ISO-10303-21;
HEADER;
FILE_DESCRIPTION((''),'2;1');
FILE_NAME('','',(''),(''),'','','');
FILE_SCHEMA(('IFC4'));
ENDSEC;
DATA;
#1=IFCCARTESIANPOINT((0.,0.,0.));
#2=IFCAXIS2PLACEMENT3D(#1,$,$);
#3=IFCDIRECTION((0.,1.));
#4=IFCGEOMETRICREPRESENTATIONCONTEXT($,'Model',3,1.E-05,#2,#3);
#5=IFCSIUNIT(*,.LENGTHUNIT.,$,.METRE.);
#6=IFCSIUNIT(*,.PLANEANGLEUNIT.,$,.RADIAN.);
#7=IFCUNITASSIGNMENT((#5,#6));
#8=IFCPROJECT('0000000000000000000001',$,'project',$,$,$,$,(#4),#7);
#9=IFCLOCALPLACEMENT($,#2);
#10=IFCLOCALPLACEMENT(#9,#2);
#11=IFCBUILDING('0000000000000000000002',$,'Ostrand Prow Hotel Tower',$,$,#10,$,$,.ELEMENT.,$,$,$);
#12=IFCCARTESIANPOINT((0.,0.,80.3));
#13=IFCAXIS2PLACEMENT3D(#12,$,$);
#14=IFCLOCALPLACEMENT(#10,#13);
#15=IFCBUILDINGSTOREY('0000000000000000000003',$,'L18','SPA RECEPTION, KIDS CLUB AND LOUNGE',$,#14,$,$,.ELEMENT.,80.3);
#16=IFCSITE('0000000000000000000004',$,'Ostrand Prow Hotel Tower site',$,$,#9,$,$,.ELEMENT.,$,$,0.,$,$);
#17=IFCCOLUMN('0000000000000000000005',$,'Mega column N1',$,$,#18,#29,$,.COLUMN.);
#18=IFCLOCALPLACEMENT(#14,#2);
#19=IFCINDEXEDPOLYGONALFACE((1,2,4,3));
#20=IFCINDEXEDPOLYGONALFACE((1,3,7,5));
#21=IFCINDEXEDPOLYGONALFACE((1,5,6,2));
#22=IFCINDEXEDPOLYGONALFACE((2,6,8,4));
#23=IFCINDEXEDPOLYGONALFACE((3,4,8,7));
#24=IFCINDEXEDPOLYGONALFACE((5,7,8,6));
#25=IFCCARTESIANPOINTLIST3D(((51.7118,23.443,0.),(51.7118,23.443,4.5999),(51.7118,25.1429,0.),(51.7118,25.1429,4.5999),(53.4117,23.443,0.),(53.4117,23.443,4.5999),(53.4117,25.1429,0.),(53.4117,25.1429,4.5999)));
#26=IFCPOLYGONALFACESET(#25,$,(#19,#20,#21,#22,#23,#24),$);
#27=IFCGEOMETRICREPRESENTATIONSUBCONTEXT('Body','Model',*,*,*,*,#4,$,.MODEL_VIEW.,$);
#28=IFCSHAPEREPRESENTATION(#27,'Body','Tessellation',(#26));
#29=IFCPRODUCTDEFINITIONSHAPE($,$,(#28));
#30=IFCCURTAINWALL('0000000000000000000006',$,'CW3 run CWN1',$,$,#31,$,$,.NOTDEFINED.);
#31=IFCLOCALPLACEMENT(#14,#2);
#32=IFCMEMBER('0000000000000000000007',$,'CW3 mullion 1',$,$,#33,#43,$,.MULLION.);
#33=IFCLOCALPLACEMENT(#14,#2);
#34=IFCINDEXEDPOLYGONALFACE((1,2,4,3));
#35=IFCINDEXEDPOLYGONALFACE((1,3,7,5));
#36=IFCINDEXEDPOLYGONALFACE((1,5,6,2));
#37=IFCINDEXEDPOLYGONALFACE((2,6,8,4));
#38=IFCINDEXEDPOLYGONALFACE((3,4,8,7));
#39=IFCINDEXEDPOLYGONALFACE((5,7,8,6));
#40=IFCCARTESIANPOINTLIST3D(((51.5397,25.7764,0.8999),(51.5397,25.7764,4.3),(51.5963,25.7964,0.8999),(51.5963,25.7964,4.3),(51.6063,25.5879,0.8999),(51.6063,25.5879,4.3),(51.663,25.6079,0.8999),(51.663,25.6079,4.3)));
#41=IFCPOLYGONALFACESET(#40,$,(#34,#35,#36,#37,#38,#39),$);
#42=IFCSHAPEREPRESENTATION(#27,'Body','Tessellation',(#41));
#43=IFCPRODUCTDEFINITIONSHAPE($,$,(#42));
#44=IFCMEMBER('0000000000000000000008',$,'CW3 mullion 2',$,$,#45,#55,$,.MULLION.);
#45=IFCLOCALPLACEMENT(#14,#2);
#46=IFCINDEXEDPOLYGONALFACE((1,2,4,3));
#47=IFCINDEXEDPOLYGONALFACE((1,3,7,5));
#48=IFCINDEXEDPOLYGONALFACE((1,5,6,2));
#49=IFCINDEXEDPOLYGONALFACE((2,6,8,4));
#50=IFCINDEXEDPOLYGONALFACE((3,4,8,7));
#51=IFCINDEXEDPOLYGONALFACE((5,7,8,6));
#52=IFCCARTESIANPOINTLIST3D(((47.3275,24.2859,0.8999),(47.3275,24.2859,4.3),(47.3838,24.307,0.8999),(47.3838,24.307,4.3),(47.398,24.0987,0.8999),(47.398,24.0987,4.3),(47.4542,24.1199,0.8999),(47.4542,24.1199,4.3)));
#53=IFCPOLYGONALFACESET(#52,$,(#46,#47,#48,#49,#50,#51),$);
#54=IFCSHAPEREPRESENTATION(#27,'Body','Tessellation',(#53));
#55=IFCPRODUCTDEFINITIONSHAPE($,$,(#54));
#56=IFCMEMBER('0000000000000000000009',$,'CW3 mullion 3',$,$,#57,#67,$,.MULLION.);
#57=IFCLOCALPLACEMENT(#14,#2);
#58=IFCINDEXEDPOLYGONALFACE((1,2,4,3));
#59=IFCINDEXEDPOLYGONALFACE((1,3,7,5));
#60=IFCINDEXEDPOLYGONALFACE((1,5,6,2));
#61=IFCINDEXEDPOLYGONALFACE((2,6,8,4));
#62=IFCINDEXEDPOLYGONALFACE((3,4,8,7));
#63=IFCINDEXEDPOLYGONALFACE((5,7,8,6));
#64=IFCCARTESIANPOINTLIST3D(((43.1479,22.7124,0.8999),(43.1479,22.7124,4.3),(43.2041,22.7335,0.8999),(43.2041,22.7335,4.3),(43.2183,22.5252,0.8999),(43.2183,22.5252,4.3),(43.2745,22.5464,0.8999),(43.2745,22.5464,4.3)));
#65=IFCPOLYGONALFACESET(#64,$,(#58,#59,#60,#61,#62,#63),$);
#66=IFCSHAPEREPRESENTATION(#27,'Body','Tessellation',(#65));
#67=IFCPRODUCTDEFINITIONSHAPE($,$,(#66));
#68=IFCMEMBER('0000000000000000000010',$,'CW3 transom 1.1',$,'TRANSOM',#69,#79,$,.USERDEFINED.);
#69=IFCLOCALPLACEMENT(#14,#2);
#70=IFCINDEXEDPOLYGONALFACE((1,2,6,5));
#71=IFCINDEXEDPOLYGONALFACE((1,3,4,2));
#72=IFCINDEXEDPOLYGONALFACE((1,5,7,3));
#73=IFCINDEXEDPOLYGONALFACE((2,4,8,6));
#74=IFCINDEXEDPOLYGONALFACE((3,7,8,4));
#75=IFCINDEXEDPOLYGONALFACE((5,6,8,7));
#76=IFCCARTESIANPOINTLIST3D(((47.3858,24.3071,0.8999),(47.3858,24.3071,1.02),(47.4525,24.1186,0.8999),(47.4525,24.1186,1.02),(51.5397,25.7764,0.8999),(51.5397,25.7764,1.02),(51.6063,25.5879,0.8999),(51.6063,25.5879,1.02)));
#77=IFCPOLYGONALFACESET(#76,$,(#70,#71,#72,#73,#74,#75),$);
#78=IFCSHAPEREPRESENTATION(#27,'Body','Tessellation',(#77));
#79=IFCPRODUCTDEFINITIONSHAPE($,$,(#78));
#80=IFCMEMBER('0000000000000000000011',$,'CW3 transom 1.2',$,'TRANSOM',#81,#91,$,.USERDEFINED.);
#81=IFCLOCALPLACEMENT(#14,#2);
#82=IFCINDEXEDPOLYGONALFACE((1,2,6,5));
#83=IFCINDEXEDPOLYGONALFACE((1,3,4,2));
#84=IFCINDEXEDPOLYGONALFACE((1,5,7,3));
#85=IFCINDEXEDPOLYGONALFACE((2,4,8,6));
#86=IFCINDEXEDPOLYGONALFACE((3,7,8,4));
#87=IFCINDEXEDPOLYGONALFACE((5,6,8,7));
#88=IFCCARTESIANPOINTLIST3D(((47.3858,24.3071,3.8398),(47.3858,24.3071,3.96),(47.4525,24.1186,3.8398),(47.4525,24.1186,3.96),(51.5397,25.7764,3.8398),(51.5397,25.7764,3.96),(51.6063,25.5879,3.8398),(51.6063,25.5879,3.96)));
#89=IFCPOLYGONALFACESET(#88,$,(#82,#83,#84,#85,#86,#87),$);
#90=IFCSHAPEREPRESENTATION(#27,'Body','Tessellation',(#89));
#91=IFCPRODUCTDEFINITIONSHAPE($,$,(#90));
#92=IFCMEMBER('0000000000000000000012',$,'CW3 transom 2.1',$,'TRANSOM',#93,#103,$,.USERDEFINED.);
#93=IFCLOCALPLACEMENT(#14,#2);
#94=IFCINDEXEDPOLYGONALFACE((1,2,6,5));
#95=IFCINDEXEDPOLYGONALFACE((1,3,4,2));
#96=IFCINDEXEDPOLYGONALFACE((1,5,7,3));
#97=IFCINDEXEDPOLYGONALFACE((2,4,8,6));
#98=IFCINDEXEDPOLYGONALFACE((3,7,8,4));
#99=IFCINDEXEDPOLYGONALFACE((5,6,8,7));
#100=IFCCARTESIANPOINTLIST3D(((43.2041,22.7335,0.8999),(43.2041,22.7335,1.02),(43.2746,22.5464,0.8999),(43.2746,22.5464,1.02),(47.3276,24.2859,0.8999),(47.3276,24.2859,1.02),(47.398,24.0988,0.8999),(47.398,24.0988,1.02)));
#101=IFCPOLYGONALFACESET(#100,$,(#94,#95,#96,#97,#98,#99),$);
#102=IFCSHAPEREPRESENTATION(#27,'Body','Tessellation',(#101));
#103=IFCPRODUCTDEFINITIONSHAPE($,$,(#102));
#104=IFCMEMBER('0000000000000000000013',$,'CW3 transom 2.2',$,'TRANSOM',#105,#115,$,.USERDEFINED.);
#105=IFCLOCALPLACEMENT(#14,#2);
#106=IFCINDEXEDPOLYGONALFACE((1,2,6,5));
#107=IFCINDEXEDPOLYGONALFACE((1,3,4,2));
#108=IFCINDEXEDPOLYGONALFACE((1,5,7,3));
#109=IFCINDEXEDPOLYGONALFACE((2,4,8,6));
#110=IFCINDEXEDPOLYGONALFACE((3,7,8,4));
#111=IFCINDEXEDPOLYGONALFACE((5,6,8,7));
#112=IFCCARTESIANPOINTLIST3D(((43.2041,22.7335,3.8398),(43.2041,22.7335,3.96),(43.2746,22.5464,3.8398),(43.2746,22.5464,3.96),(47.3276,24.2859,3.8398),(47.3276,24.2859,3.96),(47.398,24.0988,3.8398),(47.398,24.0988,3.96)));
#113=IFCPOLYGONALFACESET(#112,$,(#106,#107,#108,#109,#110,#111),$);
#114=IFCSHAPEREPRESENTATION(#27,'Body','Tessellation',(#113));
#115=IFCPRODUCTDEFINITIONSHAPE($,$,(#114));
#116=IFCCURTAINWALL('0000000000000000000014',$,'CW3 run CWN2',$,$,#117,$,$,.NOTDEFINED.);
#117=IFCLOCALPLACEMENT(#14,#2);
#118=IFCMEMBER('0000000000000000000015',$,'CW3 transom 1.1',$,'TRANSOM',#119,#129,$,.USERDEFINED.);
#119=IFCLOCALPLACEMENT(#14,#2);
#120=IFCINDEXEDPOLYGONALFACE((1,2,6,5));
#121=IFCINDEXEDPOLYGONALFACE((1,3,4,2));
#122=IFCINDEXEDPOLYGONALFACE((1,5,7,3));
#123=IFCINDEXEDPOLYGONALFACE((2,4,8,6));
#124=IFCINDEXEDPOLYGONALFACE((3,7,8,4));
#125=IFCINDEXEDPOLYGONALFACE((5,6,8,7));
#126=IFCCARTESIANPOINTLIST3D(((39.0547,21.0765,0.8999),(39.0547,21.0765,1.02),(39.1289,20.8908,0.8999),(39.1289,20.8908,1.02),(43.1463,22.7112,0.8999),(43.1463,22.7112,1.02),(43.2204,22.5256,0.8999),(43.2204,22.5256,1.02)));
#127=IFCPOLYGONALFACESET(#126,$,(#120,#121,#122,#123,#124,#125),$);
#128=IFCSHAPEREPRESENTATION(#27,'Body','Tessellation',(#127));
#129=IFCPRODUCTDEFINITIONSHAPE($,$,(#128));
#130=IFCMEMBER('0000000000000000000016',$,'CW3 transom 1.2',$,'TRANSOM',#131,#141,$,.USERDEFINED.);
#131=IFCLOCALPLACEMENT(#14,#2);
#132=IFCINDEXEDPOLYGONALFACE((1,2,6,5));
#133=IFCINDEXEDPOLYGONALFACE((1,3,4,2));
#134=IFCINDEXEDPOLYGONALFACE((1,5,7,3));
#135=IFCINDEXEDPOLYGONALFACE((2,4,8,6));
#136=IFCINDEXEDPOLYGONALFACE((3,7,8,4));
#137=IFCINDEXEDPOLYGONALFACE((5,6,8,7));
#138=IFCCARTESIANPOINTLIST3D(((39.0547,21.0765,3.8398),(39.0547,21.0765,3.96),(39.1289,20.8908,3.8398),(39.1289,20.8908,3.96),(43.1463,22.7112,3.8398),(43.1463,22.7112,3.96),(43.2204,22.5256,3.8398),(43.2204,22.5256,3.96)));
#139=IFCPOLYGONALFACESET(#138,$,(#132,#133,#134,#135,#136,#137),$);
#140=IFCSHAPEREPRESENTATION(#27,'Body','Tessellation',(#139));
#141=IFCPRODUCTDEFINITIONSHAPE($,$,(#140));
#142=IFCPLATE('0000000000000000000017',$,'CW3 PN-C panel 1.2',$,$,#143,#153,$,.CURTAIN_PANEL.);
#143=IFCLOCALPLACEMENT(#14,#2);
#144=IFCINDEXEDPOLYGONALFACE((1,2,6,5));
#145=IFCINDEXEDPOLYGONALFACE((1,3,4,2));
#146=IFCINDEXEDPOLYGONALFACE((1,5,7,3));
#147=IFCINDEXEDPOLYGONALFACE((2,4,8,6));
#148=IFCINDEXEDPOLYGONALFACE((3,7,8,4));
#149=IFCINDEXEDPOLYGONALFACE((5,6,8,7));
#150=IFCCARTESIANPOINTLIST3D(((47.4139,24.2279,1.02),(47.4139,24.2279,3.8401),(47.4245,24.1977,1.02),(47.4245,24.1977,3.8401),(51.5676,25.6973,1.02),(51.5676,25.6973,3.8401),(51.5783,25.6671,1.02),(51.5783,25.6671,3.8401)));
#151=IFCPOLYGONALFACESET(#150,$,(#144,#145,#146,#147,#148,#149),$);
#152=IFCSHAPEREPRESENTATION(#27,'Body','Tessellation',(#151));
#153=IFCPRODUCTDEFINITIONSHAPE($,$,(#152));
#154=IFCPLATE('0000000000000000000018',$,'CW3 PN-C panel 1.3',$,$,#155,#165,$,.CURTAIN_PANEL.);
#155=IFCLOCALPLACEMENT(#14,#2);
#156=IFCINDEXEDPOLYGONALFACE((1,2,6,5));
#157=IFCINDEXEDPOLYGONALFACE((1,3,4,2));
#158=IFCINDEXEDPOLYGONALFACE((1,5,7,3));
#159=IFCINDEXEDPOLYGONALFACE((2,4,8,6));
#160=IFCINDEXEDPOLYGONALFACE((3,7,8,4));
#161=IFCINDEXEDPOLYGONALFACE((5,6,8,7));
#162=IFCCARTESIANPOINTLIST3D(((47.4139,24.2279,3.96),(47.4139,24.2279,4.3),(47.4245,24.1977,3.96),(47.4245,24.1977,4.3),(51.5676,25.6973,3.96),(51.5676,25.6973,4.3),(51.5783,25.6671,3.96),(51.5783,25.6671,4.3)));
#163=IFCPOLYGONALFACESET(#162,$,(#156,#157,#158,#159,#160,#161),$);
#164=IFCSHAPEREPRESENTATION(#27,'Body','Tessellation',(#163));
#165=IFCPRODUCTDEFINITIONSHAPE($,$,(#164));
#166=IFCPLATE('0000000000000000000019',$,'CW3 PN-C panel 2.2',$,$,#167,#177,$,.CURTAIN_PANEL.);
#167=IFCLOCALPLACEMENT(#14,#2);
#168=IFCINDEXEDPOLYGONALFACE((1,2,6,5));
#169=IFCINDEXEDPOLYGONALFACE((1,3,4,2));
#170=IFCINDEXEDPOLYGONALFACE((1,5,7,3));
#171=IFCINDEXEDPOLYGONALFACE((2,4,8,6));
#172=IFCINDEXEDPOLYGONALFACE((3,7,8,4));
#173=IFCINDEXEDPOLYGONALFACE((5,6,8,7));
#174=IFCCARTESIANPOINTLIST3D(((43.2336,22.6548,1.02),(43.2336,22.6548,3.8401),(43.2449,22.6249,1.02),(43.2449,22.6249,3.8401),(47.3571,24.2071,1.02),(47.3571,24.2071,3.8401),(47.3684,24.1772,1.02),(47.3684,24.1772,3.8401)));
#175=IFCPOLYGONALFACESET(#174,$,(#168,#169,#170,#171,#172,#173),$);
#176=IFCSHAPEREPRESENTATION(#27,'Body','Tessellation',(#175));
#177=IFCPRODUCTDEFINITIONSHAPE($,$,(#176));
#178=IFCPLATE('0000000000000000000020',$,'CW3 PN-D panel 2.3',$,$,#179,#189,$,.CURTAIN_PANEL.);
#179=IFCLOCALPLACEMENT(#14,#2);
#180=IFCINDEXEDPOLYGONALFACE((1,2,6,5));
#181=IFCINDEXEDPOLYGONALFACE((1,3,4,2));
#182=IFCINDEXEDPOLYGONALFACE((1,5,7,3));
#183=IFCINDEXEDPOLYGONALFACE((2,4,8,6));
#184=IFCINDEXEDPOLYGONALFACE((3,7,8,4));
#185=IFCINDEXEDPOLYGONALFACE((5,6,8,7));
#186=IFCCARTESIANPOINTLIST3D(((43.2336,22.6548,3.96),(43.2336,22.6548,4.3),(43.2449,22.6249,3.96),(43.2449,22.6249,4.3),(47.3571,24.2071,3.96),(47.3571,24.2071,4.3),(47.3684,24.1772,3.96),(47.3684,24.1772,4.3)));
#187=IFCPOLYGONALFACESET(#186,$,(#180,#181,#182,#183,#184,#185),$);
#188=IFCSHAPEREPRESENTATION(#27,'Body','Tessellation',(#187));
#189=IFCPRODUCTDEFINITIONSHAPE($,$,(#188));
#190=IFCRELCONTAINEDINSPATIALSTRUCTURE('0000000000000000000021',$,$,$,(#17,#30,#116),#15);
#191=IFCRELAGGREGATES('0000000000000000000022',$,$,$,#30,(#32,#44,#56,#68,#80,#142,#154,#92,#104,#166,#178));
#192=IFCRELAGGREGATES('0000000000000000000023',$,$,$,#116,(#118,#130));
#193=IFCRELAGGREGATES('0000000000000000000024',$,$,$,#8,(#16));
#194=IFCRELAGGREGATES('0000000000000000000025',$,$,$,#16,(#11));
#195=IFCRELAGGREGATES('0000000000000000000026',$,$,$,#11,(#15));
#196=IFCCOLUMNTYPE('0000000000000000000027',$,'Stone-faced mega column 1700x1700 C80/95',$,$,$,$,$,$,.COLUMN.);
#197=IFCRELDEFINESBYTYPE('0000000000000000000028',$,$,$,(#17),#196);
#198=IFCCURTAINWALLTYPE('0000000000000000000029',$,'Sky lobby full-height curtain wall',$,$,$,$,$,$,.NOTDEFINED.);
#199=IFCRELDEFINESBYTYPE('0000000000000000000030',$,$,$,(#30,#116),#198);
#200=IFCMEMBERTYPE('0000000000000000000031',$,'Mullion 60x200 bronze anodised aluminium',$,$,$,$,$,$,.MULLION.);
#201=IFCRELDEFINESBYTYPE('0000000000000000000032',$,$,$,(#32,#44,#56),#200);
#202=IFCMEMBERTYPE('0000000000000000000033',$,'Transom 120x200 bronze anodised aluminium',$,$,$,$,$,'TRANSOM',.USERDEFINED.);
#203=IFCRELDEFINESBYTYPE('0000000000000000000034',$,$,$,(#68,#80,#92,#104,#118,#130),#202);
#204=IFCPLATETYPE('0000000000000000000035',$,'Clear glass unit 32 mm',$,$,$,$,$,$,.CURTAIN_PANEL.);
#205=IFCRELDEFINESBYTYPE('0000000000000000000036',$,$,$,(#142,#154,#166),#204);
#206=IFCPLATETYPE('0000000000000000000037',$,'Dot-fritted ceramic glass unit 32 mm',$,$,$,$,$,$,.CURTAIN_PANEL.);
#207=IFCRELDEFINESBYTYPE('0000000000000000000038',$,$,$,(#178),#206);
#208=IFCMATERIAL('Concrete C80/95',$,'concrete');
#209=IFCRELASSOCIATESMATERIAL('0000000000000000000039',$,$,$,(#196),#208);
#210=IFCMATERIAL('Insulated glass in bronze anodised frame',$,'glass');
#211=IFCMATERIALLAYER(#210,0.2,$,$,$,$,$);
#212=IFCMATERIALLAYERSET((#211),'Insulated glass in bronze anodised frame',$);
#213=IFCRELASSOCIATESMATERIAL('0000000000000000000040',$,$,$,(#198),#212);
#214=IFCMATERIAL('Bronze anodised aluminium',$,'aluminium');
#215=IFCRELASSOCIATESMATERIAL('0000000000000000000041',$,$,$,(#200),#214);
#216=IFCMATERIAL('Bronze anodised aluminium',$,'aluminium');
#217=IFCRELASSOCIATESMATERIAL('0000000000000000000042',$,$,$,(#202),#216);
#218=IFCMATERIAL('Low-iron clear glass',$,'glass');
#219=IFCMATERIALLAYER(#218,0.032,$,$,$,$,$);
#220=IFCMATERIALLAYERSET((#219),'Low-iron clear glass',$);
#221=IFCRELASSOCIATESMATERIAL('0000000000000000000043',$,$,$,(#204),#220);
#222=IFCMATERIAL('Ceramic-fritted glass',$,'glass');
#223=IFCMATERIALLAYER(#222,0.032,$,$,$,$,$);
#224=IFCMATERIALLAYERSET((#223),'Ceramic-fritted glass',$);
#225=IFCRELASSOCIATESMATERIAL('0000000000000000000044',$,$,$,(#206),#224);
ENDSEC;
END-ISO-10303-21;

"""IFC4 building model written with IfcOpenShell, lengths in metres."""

from ifc_helpers import new_model, si_unit, direction, frame, origin, origin_2d, place, context, subcontext, project, spatial, rectangle, extrude, material, layer, layer_set, material_profile, profile_set, type_object, element, aggregate, save


model = new_model("IFC4")

# Units and contexts
model_context = context("Model", 3, precision=1e-05, world=origin(), true_north=direction((0.0, 1.0)))
body_context = subcontext(model_context, "Body", "Model", "MODEL_VIEW")
ifc_project = project(units=[si_unit("LENGTHUNIT", "METRE"), si_unit("PLANEANGLEUNIT", "RADIAN")], contexts=[model_context])

# Site, building, storey
site_placement = place(None, origin())
site = spatial("IfcSite", under=ifc_project, at=site_placement, Name="Ostrand Prow Hotel Tower site", CompositionType="ELEMENT", RefElevation=0.0)
building_placement = place(site_placement, origin())
building = spatial("IfcBuilding", under=site, at=building_placement, Name="Ostrand Prow Hotel Tower", CompositionType="ELEMENT")
storey_placement = place(building_placement, frame((0.0, 0.0, 80.3)))
storey = spatial("IfcBuildingStorey", under=building, at=storey_placement, Name="L18", Description="SPA RECEPTION, KIDS CLUB AND LOUNGE", CompositionType="ELEMENT", Elevation=80.3)

# Column
ifc_material_1 = material(Name="Concrete C80/95", Category="concrete")
ifc_material_profile_1 = material_profile(ifc_material_1, rectangle(XDim=1.7, YDim=1.7, at=origin_2d()), Name="RC 1700x1700")
ifc_profile_set_1 = profile_set([ifc_material_profile_1], Name="Concrete C80/95")
column_type = type_object("IfcColumnType", Name="Stone-faced mega column 1700x1700 C80/95", PredefinedType="COLUMN", material=ifc_profile_set_1)
column_placement = place(storey_placement, frame((52.5618, 24.293, 0.0), z_axis=(0.0, 0.0, 1.0), x_axis=(1.0, 0.0, 0.0)))
element("IfcColumn", 1, at=column_placement, inside=storey, type_object=column_type, Name="Mega column N1", PredefinedType="COLUMN", context=body_context, shape_type="SweptSolid", body=[
    extrude(rectangle(XDim=1.7, YDim=1.7, at=origin_2d()), origin(), (0.0, 0.0, 1.0), 4.5999),
])

# Curtain walls, members
ifc_material_2 = material(Name="Insulated glass in bronze anodised frame", Category="glass")
ifc_layer_1 = layer(ifc_material_2, 0.2)
ifc_layer_set_1 = layer_set([ifc_layer_1], Name="Insulated glass in bronze anodised frame")
curtain_wall_type = type_object("IfcCurtainWallType", Name="Sky lobby full-height curtain wall", PredefinedType="NOTDEFINED", material=ifc_layer_set_1)
curtain_wall_1_placement = place(storey_placement, origin())
curtain_wall_1 = element("IfcCurtainWall", 2, at=curtain_wall_1_placement, inside=storey, type_object=curtain_wall_type, Name="CW3 run CWN1", PredefinedType="NOTDEFINED")
ifc_material_3 = material(Name="Bronze anodised aluminium", Category="aluminium")
ifc_material_profile_2 = material_profile(ifc_material_3, rectangle(XDim=0.2, YDim=0.0601, at=origin_2d()), Name="Mullion 60x200 bronze anodised aluminium")
ifc_profile_set_2 = profile_set([ifc_material_profile_2], Name="Bronze anodised aluminium")
member_type_1 = type_object("IfcMemberType", Name="Mullion 60x200 bronze anodised aluminium", PredefinedType="MULLION", material=ifc_profile_set_2)
member_1_placement = place(storey_placement, frame((51.6013, 25.6921, 0.8999), z_axis=(0.0, 0.0, 1.0), x_axis=(0.333496, -0.942752, 0.0)))
member_1 = element("IfcMember", 3, at=member_1_placement, type_object=member_type_1, Name="CW3 mullion 1", PredefinedType="MULLION", context=body_context, shape_type="SweptSolid", body=[
    extrude(rectangle(XDim=0.2, YDim=0.0601, at=origin_2d()), origin(), (0.0, 0.0, 1.0), 3.4001),
])
member_2_placement = place(storey_placement, frame((47.3909, 24.2029, 0.8999), z_axis=(0.0, 0.0, 1.0), x_axis=(0.352309, -0.935884, 0.0)))
member_2 = element("IfcMember", 4, at=member_2_placement, type_object=member_type_1, Name="CW3 mullion 2", PredefinedType="MULLION", context=body_context, shape_type="SweptSolid", body=[
    extrude(rectangle(XDim=0.2, YDim=0.0601, at=origin_2d()), origin(), (0.0, 0.0, 1.0), 3.4001),
])
member_3_placement = place(storey_placement, frame((43.2112, 22.6294, 0.8999), z_axis=(0.0, 0.0, 1.0), x_axis=(0.352309, -0.935884, 0.0)))
member_3 = element("IfcMember", 5, at=member_3_placement, type_object=member_type_1, Name="CW3 mullion 3", PredefinedType="MULLION", context=body_context, shape_type="SweptSolid", body=[
    extrude(rectangle(XDim=0.2, YDim=0.0601, at=origin_2d()), origin(), (0.0, 0.0, 1.0), 3.4001),
])
ifc_material_4 = material(Name="Bronze anodised aluminium", Category="aluminium")
ifc_material_profile_3 = material_profile(ifc_material_4, rectangle(XDim=0.2, YDim=0.1201, at=origin_2d()), Name="Transom 120x200 bronze anodised aluminium")
ifc_profile_set_3 = profile_set([ifc_material_profile_3], Name="Bronze anodised aluminium")
member_type_2 = type_object("IfcMemberType", Name="Transom 120x200 bronze anodised aluminium", ElementType="TRANSOM", PredefinedType="USERDEFINED", material=ifc_profile_set_3)
member_4_placement = place(storey_placement, frame((51.573, 25.6821, 0.96), z_axis=(-0.942763, -0.333463, 0.0), x_axis=(0.333463, -0.942763, 0.0)))
member_4 = element("IfcMember", 6, at=member_4_placement, type_object=member_type_2, Name="CW3 transom 1.1", ObjectType="TRANSOM", PredefinedType="USERDEFINED", context=body_context, shape_type="SweptSolid", body=[
    extrude(rectangle(XDim=0.2, YDim=0.1201, at=origin_2d()), origin(), (0.0, 0.0, 1.0), 4.406),
])
member_5_placement = place(storey_placement, frame((51.573, 25.6821, 3.8999), z_axis=(-0.942763, -0.333463, 0.0), x_axis=(0.333463, -0.942763, 0.0)))
member_5 = element("IfcMember", 7, at=member_5_placement, type_object=member_type_2, Name="CW3 transom 1.2", ObjectType="TRANSOM", PredefinedType="USERDEFINED", context=body_context, shape_type="SweptSolid", body=[
    extrude(rectangle(XDim=0.2, YDim=0.1201, at=origin_2d()), origin(), (0.0, 0.0, 1.0), 4.406),
])
member_6_placement = place(storey_placement, frame((47.3628, 24.1924, 0.96), z_axis=(-0.935868, -0.35235, 0.0), x_axis=(0.35235, -0.935868, 0.0)))
member_6 = element("IfcMember", 8, at=member_6_placement, type_object=member_type_2, Name="CW3 transom 2.1", ObjectType="TRANSOM", PredefinedType="USERDEFINED", context=body_context, shape_type="SweptSolid", body=[
    extrude(rectangle(XDim=0.2, YDim=0.1201, at=origin_2d()), origin(), (0.0, 0.0, 1.0), 4.406),
])
member_7_placement = place(storey_placement, frame((47.3628, 24.1924, 3.8999), z_axis=(-0.935868, -0.35235, 0.0), x_axis=(0.35235, -0.935868, 0.0)))
member_7 = element("IfcMember", 9, at=member_7_placement, type_object=member_type_2, Name="CW3 transom 2.2", ObjectType="TRANSOM", PredefinedType="USERDEFINED", context=body_context, shape_type="SweptSolid", body=[
    extrude(rectangle(XDim=0.2, YDim=0.1201, at=origin_2d()), origin(), (0.0, 0.0, 1.0), 4.406),
])
curtain_wall_2_placement = place(storey_placement, origin())
curtain_wall_2 = element("IfcCurtainWall", 10, at=curtain_wall_2_placement, inside=storey, type_object=curtain_wall_type, Name="CW3 run CWN2", PredefinedType="NOTDEFINED")
member_8_placement = place(storey_placement, frame((43.1833, 22.6184, 0.96), z_axis=(-0.928622, -0.371028, 0.0), x_axis=(0.371028, -0.928622, 0.0)))
member_8 = element("IfcMember", 11, at=member_8_placement, type_object=member_type_2, Name="CW3 transom 1.1", ObjectType="TRANSOM", PredefinedType="USERDEFINED", context=body_context, shape_type="SweptSolid", body=[
    extrude(rectangle(XDim=0.2, YDim=0.1201, at=origin_2d()), origin(), (0.0, 0.0, 1.0), 4.406),
])
member_9_placement = place(storey_placement, frame((43.1833, 22.6184, 3.8999), z_axis=(-0.928622, -0.371028, 0.0), x_axis=(0.371028, -0.928622, 0.0)))
member_9 = element("IfcMember", 12, at=member_9_placement, type_object=member_type_2, Name="CW3 transom 1.2", ObjectType="TRANSOM", PredefinedType="USERDEFINED", context=body_context, shape_type="SweptSolid", body=[
    extrude(rectangle(XDim=0.2, YDim=0.1201, at=origin_2d()), origin(), (0.0, 0.0, 1.0), 4.406),
])

# Plates
ifc_material_5 = material(Name="Low-iron clear glass", Category="glass")
ifc_layer_2 = layer(ifc_material_5, 0.032)
ifc_layer_set_2 = layer_set([ifc_layer_2], Name="Low-iron clear glass")
plate_type_1 = type_object("IfcPlateType", Name="Clear glass unit 32 mm", PredefinedType="CURTAIN_PANEL", material=ifc_layer_set_2)
plate_1_placement = place(storey_placement, frame((49.4961, 24.9475, 1.02), z_axis=(0.0, 0.0, 1.0), x_axis=(-0.942752, -0.333496, 0.0)))
plate_1 = element("IfcPlate", 13, at=plate_1_placement, type_object=plate_type_1, Name="CW3 PN-C panel 1.2", PredefinedType="CURTAIN_PANEL", context=body_context, shape_type="SweptSolid", body=[
    extrude(rectangle(XDim=4.406, YDim=0.032, at=origin_2d()), origin(), (0.0, 0.0, 1.0), 2.8201),
])
plate_2_placement = place(storey_placement, frame((49.4961, 24.9475, 3.96), z_axis=(0.0, 0.0, 1.0), x_axis=(-0.942752, -0.333496, 0.0)))
plate_2 = element("IfcPlate", 14, at=plate_2_placement, type_object=plate_type_1, Name="CW3 PN-C panel 1.3", PredefinedType="CURTAIN_PANEL", context=body_context, shape_type="SweptSolid", body=[
    extrude(rectangle(XDim=4.406, YDim=0.032, at=origin_2d()), origin(), (0.0, 0.0, 1.0), 0.3401),
])
plate_3_placement = place(storey_placement, frame((45.301, 23.416, 1.02), z_axis=(0.0, 0.0, 1.0), x_axis=(-0.935884, -0.352309, 0.0)))
plate_3 = element("IfcPlate", 15, at=plate_3_placement, type_object=plate_type_1, Name="CW3 PN-C panel 2.2", PredefinedType="CURTAIN_PANEL", context=body_context, shape_type="SweptSolid", body=[
    extrude(rectangle(XDim=4.406, YDim=0.032, at=origin_2d()), origin(), (0.0, 0.0, 1.0), 2.8201),
])
ifc_material_6 = material(Name="Ceramic-fritted glass", Category="glass")
ifc_layer_3 = layer(ifc_material_6, 0.032)
ifc_layer_set_3 = layer_set([ifc_layer_3], Name="Ceramic-fritted glass")
plate_type_2 = type_object("IfcPlateType", Name="Dot-fritted ceramic glass unit 32 mm", PredefinedType="CURTAIN_PANEL", material=ifc_layer_set_3)
plate_4_placement = place(storey_placement, frame((45.301, 23.416, 3.96), z_axis=(0.0, 0.0, 1.0), x_axis=(-0.935884, -0.352309, 0.0)))
plate_4 = element("IfcPlate", 16, at=plate_4_placement, type_object=plate_type_2, Name="CW3 PN-D panel 2.3", PredefinedType="CURTAIN_PANEL", context=body_context, shape_type="SweptSolid", body=[
    extrude(rectangle(XDim=4.406, YDim=0.032, at=origin_2d()), origin(), (0.0, 0.0, 1.0), 0.3401),
])
aggregate(curtain_wall_1, [member_1, member_2, member_3, member_4, member_5, plate_1, plate_2, member_6, member_7, plate_3, plate_4])
aggregate(curtain_wall_2, [member_8, member_9])

save(model, "model.ifc")
